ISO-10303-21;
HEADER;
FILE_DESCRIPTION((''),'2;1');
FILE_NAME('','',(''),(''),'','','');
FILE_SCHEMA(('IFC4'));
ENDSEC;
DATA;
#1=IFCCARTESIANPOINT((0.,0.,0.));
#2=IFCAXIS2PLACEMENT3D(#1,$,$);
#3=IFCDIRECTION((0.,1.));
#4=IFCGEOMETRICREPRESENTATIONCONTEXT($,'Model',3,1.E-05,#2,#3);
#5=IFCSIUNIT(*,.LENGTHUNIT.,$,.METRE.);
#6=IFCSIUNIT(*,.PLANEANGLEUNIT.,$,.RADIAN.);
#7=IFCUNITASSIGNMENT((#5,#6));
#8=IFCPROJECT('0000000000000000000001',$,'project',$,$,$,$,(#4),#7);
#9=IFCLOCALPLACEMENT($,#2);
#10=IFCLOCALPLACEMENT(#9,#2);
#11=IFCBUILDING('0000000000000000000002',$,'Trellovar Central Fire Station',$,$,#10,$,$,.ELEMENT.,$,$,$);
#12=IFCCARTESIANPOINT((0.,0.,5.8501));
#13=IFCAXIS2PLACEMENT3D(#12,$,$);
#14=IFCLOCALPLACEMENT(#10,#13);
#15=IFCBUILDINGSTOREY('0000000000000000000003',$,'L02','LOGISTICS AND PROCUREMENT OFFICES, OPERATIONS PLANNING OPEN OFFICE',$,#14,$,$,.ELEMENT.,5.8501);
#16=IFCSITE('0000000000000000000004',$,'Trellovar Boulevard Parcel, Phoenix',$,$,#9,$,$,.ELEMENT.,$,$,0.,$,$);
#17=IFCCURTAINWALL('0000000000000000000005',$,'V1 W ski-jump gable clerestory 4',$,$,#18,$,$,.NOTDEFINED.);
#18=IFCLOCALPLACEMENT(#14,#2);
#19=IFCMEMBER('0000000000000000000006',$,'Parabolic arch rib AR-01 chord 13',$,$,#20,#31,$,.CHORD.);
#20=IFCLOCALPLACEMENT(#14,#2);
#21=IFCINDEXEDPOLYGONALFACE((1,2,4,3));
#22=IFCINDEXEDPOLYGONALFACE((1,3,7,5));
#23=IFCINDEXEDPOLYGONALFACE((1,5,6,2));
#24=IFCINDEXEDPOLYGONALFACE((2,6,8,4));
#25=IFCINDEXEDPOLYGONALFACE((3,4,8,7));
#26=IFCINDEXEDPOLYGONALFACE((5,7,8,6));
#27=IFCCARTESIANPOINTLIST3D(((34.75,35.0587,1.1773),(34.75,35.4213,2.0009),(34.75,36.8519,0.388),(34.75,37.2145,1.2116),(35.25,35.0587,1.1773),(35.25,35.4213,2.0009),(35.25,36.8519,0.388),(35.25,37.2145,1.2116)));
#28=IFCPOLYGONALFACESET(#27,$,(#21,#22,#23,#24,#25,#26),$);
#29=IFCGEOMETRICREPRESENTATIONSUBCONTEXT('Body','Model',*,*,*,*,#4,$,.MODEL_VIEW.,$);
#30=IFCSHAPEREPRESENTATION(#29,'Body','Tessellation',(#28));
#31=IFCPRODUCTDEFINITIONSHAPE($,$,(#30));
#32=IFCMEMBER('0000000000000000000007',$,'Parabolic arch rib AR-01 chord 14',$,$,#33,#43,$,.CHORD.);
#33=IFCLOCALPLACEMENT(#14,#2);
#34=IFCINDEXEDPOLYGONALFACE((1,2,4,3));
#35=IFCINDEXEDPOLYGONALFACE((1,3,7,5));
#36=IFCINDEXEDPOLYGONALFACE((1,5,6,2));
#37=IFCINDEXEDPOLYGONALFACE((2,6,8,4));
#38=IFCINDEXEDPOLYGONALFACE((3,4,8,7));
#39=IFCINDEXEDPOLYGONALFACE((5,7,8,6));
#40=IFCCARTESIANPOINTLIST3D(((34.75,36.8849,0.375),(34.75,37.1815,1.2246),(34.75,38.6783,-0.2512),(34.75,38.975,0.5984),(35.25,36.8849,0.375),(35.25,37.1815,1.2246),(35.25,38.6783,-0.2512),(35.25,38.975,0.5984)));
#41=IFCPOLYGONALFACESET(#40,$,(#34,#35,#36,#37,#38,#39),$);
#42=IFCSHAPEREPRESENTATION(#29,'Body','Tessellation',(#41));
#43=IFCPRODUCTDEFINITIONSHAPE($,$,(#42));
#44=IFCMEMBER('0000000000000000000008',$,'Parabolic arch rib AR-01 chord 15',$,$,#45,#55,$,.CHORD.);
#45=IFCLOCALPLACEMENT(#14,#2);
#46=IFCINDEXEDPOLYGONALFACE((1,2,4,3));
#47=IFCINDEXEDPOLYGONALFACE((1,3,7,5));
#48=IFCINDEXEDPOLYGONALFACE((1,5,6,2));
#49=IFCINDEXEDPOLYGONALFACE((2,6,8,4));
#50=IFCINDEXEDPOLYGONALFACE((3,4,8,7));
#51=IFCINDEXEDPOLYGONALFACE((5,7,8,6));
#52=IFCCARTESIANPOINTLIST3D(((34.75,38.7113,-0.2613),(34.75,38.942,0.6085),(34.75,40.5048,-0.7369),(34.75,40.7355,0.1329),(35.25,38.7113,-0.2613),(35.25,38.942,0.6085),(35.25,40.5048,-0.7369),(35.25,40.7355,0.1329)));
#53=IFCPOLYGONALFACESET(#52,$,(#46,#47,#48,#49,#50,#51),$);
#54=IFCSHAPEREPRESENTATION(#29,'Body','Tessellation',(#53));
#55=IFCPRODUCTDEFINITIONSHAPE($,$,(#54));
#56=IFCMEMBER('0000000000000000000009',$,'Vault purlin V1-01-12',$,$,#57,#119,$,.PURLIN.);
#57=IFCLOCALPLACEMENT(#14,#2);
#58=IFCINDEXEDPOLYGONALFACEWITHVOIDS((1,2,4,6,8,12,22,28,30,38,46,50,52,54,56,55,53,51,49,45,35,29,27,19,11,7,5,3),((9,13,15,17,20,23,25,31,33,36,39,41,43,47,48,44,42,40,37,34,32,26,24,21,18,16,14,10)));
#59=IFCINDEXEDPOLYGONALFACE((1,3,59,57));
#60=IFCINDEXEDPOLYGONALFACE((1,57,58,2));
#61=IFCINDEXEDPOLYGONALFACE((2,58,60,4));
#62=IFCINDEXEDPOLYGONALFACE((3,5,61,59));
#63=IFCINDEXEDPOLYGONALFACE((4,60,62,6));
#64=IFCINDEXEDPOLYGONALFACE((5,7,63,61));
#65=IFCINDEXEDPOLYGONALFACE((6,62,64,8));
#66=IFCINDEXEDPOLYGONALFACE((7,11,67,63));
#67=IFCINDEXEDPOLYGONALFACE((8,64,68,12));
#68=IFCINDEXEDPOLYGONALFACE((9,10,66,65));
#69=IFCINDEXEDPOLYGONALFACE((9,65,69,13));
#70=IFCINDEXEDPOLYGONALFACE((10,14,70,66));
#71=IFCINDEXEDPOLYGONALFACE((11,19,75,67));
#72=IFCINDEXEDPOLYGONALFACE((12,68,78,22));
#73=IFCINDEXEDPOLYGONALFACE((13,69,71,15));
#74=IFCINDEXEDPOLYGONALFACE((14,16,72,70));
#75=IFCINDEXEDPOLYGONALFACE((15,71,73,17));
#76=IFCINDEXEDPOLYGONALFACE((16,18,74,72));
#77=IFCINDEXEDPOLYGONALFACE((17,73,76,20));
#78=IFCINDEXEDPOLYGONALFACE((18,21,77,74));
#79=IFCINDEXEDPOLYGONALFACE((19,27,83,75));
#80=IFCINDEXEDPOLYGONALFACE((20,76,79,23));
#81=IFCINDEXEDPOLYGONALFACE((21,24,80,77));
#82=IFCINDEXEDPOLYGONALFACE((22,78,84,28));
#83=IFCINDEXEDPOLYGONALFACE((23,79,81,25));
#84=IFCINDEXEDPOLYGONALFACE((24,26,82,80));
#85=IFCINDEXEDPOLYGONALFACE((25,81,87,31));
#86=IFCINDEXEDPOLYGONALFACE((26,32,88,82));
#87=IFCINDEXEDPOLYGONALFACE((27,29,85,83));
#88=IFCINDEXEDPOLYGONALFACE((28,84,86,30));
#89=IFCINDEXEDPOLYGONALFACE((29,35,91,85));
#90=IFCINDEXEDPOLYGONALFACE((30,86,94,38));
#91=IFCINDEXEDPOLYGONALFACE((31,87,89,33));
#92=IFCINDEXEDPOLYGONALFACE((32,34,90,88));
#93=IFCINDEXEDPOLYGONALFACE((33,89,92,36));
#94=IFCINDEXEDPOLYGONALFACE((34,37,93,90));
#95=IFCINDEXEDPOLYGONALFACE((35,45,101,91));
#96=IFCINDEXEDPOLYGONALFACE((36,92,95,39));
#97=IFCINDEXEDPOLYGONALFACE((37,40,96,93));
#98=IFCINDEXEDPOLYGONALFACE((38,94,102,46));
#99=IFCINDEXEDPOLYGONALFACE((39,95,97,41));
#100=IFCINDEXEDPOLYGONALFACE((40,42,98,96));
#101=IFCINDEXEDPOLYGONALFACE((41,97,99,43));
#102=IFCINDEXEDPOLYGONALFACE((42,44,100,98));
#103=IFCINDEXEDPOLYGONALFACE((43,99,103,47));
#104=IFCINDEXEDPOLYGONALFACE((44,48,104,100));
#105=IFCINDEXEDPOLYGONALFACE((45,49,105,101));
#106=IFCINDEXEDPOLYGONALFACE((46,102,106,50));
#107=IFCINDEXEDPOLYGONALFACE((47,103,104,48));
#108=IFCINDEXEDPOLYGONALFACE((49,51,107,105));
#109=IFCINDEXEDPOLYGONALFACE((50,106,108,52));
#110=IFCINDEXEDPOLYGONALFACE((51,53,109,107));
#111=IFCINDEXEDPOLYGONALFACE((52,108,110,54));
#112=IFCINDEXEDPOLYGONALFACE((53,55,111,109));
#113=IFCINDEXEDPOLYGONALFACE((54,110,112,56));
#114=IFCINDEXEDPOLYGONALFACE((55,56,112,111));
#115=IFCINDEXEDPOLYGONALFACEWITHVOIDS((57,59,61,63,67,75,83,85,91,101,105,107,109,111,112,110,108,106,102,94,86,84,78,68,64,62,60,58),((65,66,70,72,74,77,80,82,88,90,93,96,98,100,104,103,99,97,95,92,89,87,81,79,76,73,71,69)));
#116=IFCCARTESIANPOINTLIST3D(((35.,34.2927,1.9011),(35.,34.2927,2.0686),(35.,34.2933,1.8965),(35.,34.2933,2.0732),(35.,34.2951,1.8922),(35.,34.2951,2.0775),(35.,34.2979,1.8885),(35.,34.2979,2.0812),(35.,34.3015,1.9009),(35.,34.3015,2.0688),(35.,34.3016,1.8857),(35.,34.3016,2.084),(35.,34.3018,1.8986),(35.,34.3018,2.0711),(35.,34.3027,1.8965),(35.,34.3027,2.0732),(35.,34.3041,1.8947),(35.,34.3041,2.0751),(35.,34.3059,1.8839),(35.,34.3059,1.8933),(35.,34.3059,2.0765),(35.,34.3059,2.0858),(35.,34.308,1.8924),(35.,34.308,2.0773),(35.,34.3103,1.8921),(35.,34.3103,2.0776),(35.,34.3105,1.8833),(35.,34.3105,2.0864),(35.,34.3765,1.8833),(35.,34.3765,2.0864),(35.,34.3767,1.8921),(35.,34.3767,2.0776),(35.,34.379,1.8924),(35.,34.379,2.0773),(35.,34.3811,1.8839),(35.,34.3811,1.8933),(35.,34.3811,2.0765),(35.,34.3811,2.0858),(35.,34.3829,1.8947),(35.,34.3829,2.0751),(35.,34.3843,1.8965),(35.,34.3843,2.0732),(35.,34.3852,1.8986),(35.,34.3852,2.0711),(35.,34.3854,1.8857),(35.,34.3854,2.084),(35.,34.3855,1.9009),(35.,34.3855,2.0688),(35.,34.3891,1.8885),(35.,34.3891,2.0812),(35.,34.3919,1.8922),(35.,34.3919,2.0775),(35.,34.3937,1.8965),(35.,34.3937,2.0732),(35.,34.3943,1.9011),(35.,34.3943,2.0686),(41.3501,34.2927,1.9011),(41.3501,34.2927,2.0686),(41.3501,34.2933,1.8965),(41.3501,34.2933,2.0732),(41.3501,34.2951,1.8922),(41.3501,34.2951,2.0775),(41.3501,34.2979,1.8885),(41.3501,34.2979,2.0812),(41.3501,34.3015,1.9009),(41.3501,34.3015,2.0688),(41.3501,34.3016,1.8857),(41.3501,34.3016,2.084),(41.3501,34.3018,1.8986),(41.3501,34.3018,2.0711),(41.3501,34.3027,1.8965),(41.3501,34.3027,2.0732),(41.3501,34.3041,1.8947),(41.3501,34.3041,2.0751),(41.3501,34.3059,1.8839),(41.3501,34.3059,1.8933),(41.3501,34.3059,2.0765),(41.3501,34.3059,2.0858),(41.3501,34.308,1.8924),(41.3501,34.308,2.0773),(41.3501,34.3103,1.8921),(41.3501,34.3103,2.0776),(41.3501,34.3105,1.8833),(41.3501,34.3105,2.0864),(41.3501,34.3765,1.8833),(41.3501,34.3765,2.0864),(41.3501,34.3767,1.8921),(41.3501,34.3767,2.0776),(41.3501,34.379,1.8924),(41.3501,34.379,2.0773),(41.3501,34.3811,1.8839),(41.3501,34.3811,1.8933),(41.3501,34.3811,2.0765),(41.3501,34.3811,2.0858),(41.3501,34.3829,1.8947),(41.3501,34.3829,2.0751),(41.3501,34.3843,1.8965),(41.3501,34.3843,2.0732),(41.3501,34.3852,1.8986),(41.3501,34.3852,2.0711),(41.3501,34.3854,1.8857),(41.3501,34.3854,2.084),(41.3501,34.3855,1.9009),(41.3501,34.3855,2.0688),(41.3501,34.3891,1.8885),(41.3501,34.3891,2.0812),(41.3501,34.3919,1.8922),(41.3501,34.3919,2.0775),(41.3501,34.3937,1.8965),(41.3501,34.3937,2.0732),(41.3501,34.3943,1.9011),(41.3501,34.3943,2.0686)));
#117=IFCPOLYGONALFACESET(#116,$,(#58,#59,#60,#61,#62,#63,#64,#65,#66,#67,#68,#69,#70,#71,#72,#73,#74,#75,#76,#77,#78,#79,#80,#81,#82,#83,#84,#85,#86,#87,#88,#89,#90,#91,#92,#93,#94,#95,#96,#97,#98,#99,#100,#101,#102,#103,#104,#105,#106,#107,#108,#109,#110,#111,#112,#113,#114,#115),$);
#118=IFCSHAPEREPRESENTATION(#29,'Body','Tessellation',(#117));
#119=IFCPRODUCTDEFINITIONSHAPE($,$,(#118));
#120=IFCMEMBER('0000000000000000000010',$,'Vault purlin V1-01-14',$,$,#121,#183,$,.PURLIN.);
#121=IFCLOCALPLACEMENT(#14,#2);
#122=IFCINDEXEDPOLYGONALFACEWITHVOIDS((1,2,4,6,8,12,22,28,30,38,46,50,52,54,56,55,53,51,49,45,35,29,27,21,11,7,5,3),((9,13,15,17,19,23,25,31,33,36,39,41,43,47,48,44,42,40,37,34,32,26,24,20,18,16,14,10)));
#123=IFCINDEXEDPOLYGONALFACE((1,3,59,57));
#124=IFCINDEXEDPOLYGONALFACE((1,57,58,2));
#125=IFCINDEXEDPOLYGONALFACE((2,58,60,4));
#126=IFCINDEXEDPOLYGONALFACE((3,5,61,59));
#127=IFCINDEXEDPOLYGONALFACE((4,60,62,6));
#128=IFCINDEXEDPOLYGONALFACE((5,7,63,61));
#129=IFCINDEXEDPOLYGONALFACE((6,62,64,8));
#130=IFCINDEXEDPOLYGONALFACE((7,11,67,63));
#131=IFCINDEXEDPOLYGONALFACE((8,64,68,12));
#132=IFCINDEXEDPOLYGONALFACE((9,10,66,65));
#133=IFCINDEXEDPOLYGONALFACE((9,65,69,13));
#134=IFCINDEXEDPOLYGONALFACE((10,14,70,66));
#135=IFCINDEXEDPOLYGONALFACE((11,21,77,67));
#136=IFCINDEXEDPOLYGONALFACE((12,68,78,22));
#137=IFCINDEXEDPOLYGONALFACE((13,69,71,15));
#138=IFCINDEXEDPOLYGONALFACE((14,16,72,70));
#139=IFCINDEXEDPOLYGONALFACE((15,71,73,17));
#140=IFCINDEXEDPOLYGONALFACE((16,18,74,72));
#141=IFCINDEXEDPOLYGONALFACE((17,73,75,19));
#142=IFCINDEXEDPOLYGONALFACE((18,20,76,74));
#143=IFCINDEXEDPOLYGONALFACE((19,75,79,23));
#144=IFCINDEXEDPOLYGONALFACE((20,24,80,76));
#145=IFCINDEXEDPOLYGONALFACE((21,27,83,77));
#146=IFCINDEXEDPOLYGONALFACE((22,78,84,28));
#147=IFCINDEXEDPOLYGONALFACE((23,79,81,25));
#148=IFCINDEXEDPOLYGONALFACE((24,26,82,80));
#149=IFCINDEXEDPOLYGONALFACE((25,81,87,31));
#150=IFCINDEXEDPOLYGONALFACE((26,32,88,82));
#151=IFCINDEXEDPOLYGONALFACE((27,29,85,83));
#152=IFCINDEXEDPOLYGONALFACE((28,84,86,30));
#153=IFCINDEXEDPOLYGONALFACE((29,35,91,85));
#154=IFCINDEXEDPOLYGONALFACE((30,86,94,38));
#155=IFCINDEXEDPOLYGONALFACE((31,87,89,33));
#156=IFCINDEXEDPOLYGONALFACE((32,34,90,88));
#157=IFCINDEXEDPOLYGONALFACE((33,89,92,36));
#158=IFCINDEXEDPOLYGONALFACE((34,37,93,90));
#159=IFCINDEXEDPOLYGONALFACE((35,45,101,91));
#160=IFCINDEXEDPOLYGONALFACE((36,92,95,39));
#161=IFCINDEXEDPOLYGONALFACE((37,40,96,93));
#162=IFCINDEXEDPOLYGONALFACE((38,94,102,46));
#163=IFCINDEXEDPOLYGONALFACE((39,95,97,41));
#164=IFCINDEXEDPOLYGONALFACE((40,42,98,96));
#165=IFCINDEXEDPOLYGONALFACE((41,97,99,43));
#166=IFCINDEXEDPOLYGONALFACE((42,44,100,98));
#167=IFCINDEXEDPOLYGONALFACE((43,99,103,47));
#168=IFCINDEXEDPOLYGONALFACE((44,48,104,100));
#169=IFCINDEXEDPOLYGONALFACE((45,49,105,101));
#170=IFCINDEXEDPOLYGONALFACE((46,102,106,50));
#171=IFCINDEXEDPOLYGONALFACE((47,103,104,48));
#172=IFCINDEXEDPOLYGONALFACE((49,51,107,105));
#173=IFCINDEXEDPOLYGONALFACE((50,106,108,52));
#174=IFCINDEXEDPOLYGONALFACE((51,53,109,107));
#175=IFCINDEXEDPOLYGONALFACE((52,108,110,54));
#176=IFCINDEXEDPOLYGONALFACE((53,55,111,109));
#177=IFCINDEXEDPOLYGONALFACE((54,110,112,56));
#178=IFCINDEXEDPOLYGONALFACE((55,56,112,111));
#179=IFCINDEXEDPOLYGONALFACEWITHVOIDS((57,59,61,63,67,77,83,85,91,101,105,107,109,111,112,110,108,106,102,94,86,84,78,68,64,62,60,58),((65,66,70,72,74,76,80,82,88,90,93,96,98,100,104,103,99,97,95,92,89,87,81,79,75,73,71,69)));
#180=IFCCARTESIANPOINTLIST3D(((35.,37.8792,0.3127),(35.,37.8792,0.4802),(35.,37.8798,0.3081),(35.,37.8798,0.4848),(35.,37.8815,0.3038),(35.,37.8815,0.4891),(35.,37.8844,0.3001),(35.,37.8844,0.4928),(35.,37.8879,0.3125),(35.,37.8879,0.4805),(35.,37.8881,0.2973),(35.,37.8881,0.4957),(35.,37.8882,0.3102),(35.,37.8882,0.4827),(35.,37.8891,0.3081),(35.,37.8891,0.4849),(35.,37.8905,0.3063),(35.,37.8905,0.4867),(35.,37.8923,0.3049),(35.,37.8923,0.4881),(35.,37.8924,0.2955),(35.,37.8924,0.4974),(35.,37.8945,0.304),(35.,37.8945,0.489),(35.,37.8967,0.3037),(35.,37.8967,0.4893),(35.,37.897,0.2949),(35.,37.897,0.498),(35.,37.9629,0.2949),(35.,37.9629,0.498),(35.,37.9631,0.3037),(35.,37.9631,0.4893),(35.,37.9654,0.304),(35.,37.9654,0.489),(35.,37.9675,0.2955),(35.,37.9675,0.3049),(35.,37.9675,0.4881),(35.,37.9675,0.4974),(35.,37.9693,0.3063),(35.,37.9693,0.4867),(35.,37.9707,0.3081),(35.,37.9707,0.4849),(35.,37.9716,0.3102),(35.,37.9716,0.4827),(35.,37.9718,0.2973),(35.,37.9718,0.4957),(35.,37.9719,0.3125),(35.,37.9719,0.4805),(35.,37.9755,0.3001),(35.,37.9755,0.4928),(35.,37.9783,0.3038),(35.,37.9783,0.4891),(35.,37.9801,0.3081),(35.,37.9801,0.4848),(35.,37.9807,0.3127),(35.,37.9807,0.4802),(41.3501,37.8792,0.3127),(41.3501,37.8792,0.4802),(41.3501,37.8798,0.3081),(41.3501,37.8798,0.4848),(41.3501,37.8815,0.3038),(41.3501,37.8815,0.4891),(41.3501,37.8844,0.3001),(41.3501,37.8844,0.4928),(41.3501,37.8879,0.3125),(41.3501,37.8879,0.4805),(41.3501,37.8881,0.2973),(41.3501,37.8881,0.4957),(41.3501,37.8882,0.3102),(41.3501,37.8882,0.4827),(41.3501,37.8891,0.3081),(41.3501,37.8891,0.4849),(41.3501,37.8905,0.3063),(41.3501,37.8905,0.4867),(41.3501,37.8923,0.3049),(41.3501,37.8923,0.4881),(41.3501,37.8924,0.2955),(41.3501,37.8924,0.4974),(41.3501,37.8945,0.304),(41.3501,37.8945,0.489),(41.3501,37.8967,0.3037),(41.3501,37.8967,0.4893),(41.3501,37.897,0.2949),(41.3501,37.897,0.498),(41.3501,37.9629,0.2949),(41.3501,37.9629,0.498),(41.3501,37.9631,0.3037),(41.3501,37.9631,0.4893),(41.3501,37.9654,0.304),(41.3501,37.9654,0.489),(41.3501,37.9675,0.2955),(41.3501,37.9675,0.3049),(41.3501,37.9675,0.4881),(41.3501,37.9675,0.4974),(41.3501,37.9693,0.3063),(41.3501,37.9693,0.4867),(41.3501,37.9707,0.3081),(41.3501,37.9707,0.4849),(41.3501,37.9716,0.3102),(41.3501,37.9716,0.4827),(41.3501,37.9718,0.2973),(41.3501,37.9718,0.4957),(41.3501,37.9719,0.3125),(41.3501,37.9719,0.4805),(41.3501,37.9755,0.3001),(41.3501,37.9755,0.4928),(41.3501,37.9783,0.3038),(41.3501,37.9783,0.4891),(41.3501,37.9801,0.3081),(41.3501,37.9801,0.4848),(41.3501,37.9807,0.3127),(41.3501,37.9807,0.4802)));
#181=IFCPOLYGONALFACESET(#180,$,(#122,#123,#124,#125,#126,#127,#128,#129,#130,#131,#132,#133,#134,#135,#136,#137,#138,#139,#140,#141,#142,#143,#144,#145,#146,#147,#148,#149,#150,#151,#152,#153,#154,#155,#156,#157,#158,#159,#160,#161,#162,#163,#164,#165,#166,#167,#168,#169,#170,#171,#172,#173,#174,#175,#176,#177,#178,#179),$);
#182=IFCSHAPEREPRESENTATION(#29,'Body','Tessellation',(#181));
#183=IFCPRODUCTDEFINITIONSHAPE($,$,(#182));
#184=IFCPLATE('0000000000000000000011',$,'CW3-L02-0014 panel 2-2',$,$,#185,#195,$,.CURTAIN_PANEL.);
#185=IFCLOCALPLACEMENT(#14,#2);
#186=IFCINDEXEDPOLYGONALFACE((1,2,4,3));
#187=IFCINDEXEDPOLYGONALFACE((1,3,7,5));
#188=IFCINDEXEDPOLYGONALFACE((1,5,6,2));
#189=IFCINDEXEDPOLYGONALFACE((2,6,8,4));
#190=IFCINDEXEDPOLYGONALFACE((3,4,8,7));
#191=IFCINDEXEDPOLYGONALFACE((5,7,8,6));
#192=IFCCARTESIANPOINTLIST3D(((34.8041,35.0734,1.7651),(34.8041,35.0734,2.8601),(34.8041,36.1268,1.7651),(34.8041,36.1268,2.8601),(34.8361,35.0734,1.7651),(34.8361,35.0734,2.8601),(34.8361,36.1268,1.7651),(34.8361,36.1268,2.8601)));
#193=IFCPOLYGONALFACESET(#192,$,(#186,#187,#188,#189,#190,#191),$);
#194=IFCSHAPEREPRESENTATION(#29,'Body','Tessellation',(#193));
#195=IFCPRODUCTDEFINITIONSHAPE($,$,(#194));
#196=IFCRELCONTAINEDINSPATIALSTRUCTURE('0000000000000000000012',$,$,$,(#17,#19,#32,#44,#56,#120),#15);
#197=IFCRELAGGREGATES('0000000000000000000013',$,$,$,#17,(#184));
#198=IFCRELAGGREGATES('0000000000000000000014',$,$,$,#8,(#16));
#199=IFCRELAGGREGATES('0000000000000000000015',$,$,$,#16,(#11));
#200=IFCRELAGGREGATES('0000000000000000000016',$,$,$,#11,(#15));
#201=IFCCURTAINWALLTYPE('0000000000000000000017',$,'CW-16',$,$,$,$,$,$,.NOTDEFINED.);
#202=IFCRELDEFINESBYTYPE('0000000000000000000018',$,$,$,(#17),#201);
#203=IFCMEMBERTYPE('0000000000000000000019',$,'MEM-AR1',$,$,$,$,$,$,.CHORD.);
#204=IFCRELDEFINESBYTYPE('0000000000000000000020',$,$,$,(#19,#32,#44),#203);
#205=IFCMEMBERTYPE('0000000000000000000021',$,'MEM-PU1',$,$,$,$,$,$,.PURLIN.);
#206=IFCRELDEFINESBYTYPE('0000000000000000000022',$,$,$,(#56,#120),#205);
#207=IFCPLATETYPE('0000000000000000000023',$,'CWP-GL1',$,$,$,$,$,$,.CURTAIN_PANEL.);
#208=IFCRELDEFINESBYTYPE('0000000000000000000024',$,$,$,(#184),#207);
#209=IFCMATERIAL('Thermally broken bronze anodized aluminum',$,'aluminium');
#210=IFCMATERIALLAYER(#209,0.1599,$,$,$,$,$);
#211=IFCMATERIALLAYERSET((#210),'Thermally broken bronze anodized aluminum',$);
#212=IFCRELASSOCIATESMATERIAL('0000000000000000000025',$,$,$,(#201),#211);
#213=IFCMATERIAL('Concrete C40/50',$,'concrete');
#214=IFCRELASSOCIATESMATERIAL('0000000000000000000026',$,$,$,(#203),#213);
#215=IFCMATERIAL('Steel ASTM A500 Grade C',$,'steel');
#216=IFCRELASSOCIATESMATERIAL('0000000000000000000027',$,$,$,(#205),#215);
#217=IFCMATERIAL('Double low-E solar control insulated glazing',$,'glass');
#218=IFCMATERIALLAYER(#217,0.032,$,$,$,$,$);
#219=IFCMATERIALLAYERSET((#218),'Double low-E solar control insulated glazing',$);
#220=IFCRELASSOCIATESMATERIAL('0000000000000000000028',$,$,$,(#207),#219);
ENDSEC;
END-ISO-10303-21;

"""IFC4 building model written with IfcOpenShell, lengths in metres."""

from ifc_helpers import new_model, si_unit, direction, frame, origin, origin_2d, place, context, subcontext, project, spatial, rectangle, hollow_rectangle, extrude, material, layer, layer_set, material_profile, profile_set, type_object, element, aggregate, save


model = new_model("IFC4")

# Units and contexts
model_context = context("Model", 3, precision=1e-05, world=origin(), true_north=direction((0.0, 1.0)))
body_context = subcontext(model_context, "Body", "Model", "MODEL_VIEW")
ifc_project = project(units=[si_unit("LENGTHUNIT", "METRE"), si_unit("PLANEANGLEUNIT", "RADIAN")], contexts=[model_context])

# Site, building, storey
site_placement = place(None, origin())
site = spatial("IfcSite", under=ifc_project, at=site_placement, Name="Trellovar Boulevard Parcel, Phoenix", CompositionType="ELEMENT", RefElevation=0.0)
building_placement = place(site_placement, origin())
building = spatial("IfcBuilding", under=site, at=building_placement, Name="Trellovar Central Fire Station", CompositionType="ELEMENT")
storey_placement = place(building_placement, frame((0.0, 0.0, 5.8501)))
storey = spatial("IfcBuildingStorey", under=building, at=storey_placement, Name="L02", Description="LOGISTICS AND PROCUREMENT OFFICES, OPERATIONS PLANNING OPEN OFFICE", CompositionType="ELEMENT", Elevation=5.8501)

# Curtain wall
ifc_material_1 = material(Name="Thermally broken bronze anodized aluminum", Category="aluminium")
ifc_layer_1 = layer(ifc_material_1, 0.1599)
ifc_layer_set_1 = layer_set([ifc_layer_1], Name="Thermally broken bronze anodized aluminum")
curtain_wall_type_1 = type_object("IfcCurtainWallType", Name="CW-16", PredefinedType="NOTDEFINED", material=ifc_layer_set_1)
curtain_wall_1_placement = place(storey_placement, origin())
curtain_wall_1 = element("IfcCurtainWall", 1, at=curtain_wall_1_placement, inside=storey, type_object=curtain_wall_type_1, Name="V1 W ski-jump gable clerestory 4", PredefinedType="NOTDEFINED")

# Members
ifc_material_2 = material(Name="Concrete C40/50", Category="concrete")
ifc_material_profile_1 = material_profile(ifc_material_2, rectangle(XDim=0.5, YDim=0.8999, at=origin_2d()), Name="RC500X900")
ifc_profile_set_1 = profile_set([ifc_material_profile_1], Name="Concrete C40/50")
member_type_1 = type_object("IfcMemberType", Name="MEM-AR1", PredefinedType="CHORD", material=ifc_profile_set_1)
member_1_placement = place(storey_placement, frame((35.0, 35.24, 1.5891), z_axis=(0.0, 0.91526, -0.402864), x_axis=(-1.0, 0.0, 0.0)))
element("IfcMember", 2, at=member_1_placement, inside=storey, type_object=member_type_1, Name="Parabolic arch rib AR-01 chord 13", PredefinedType="CHORD", context=body_context, shape_type="SweptSolid", body=[
    extrude(rectangle(XDim=0.5, YDim=0.8999, at=origin_2d()), origin(), (0.0, 0.0, 1.0), 1.9592),
])
member_2_placement = place(storey_placement, frame((35.0, 37.0332, 0.7998), z_axis=(0.0, 0.944103, -0.329652), x_axis=(-1.0, 0.0, 0.0)))
element("IfcMember", 3, at=member_2_placement, inside=storey, type_object=member_type_1, Name="Parabolic arch rib AR-01 chord 14", PredefinedType="CHORD", context=body_context, shape_type="SweptSolid", body=[
    extrude(rectangle(XDim=0.5, YDim=0.8999, at=origin_2d()), origin(), (0.0, 0.0, 1.0), 1.8997),
])
member_3_placement = place(storey_placement, frame((35.0, 38.8267, 0.1736), z_axis=(0.0, 0.966592, -0.256319), x_axis=(-1.0, 0.0, 0.0)))
element("IfcMember", 4, at=member_3_placement, inside=storey, type_object=member_type_1, Name="Parabolic arch rib AR-01 chord 15", PredefinedType="CHORD", context=body_context, shape_type="SweptSolid", body=[
    extrude(rectangle(XDim=0.5, YDim=0.8999, at=origin_2d()), origin(), (0.0, 0.0, 1.0), 1.8555),
])
ifc_material_3 = material(Name="Steel ASTM A500 Grade C", Category="steel")
ifc_material_profile_2 = material_profile(ifc_material_3, hollow_rectangle(XDim=0.1016, YDim=0.2031, WallThickness=0.0088, InnerFilletRadius=0.0088, OuterFilletRadius=0.0178, at=origin_2d()), Name="HSS8X4X3/8")
ifc_profile_set_2 = profile_set([ifc_material_profile_2], Name="Steel ASTM A500 Grade C")
member_type_2 = type_object("IfcMemberType", Name="MEM-PU1", PredefinedType="PURLIN", material=ifc_profile_set_2)
for number, where, z_axis, x_axis, name in (
    (5, (35.0, 34.3435, 1.9849), (1.0, 0.0, 0.0), (0.0, 1.0, 0.0), "Vault purlin V1-01-12"),
    (6, (35.0, 37.9299, 0.3965), (1.0, 0.0, 0.0), (0.0, 1.0, 0.0), "Vault purlin V1-01-14"),
):
    element("IfcMember", number, at=place(storey_placement, frame(where, z_axis=z_axis, x_axis=x_axis)), inside=storey, type_object=member_type_2, Name=name, PredefinedType="PURLIN", context=body_context, shape_type="SweptSolid", body=[
        extrude(hollow_rectangle(XDim=0.1016, YDim=0.2031, WallThickness=0.0088, InnerFilletRadius=0.0088, OuterFilletRadius=0.0178, at=origin_2d()), origin(), (0.0, 0.0, 1.0), 6.3501),
    ])

# Plate
ifc_material_4 = material(Name="Double low-E solar control insulated glazing", Category="glass")
ifc_layer_2 = layer(ifc_material_4, 0.032)
ifc_layer_set_2 = layer_set([ifc_layer_2], Name="Double low-E solar control insulated glazing")
plate_type_1 = type_object("IfcPlateType", Name="CWP-GL1", PredefinedType="CURTAIN_PANEL", material=ifc_layer_set_2)
plate_1_placement = place(storey_placement, frame((34.8201, 35.6001, 1.7651), z_axis=(0.0, 0.0, 1.0), x_axis=(0.0, 1.0, 0.0)))
plate_1 = element("IfcPlate", 7, at=plate_1_placement, type_object=plate_type_1, Name="CW3-L02-0014 panel 2-2", PredefinedType="CURTAIN_PANEL", context=body_context, shape_type="SweptSolid", body=[
    extrude(rectangle(XDim=1.0535, YDim=0.032, at=origin_2d()), origin(), (0.0, 0.0, 1.0), 1.095),
])
aggregate(curtain_wall_1, [plate_1])

save(model, "model.ifc")
